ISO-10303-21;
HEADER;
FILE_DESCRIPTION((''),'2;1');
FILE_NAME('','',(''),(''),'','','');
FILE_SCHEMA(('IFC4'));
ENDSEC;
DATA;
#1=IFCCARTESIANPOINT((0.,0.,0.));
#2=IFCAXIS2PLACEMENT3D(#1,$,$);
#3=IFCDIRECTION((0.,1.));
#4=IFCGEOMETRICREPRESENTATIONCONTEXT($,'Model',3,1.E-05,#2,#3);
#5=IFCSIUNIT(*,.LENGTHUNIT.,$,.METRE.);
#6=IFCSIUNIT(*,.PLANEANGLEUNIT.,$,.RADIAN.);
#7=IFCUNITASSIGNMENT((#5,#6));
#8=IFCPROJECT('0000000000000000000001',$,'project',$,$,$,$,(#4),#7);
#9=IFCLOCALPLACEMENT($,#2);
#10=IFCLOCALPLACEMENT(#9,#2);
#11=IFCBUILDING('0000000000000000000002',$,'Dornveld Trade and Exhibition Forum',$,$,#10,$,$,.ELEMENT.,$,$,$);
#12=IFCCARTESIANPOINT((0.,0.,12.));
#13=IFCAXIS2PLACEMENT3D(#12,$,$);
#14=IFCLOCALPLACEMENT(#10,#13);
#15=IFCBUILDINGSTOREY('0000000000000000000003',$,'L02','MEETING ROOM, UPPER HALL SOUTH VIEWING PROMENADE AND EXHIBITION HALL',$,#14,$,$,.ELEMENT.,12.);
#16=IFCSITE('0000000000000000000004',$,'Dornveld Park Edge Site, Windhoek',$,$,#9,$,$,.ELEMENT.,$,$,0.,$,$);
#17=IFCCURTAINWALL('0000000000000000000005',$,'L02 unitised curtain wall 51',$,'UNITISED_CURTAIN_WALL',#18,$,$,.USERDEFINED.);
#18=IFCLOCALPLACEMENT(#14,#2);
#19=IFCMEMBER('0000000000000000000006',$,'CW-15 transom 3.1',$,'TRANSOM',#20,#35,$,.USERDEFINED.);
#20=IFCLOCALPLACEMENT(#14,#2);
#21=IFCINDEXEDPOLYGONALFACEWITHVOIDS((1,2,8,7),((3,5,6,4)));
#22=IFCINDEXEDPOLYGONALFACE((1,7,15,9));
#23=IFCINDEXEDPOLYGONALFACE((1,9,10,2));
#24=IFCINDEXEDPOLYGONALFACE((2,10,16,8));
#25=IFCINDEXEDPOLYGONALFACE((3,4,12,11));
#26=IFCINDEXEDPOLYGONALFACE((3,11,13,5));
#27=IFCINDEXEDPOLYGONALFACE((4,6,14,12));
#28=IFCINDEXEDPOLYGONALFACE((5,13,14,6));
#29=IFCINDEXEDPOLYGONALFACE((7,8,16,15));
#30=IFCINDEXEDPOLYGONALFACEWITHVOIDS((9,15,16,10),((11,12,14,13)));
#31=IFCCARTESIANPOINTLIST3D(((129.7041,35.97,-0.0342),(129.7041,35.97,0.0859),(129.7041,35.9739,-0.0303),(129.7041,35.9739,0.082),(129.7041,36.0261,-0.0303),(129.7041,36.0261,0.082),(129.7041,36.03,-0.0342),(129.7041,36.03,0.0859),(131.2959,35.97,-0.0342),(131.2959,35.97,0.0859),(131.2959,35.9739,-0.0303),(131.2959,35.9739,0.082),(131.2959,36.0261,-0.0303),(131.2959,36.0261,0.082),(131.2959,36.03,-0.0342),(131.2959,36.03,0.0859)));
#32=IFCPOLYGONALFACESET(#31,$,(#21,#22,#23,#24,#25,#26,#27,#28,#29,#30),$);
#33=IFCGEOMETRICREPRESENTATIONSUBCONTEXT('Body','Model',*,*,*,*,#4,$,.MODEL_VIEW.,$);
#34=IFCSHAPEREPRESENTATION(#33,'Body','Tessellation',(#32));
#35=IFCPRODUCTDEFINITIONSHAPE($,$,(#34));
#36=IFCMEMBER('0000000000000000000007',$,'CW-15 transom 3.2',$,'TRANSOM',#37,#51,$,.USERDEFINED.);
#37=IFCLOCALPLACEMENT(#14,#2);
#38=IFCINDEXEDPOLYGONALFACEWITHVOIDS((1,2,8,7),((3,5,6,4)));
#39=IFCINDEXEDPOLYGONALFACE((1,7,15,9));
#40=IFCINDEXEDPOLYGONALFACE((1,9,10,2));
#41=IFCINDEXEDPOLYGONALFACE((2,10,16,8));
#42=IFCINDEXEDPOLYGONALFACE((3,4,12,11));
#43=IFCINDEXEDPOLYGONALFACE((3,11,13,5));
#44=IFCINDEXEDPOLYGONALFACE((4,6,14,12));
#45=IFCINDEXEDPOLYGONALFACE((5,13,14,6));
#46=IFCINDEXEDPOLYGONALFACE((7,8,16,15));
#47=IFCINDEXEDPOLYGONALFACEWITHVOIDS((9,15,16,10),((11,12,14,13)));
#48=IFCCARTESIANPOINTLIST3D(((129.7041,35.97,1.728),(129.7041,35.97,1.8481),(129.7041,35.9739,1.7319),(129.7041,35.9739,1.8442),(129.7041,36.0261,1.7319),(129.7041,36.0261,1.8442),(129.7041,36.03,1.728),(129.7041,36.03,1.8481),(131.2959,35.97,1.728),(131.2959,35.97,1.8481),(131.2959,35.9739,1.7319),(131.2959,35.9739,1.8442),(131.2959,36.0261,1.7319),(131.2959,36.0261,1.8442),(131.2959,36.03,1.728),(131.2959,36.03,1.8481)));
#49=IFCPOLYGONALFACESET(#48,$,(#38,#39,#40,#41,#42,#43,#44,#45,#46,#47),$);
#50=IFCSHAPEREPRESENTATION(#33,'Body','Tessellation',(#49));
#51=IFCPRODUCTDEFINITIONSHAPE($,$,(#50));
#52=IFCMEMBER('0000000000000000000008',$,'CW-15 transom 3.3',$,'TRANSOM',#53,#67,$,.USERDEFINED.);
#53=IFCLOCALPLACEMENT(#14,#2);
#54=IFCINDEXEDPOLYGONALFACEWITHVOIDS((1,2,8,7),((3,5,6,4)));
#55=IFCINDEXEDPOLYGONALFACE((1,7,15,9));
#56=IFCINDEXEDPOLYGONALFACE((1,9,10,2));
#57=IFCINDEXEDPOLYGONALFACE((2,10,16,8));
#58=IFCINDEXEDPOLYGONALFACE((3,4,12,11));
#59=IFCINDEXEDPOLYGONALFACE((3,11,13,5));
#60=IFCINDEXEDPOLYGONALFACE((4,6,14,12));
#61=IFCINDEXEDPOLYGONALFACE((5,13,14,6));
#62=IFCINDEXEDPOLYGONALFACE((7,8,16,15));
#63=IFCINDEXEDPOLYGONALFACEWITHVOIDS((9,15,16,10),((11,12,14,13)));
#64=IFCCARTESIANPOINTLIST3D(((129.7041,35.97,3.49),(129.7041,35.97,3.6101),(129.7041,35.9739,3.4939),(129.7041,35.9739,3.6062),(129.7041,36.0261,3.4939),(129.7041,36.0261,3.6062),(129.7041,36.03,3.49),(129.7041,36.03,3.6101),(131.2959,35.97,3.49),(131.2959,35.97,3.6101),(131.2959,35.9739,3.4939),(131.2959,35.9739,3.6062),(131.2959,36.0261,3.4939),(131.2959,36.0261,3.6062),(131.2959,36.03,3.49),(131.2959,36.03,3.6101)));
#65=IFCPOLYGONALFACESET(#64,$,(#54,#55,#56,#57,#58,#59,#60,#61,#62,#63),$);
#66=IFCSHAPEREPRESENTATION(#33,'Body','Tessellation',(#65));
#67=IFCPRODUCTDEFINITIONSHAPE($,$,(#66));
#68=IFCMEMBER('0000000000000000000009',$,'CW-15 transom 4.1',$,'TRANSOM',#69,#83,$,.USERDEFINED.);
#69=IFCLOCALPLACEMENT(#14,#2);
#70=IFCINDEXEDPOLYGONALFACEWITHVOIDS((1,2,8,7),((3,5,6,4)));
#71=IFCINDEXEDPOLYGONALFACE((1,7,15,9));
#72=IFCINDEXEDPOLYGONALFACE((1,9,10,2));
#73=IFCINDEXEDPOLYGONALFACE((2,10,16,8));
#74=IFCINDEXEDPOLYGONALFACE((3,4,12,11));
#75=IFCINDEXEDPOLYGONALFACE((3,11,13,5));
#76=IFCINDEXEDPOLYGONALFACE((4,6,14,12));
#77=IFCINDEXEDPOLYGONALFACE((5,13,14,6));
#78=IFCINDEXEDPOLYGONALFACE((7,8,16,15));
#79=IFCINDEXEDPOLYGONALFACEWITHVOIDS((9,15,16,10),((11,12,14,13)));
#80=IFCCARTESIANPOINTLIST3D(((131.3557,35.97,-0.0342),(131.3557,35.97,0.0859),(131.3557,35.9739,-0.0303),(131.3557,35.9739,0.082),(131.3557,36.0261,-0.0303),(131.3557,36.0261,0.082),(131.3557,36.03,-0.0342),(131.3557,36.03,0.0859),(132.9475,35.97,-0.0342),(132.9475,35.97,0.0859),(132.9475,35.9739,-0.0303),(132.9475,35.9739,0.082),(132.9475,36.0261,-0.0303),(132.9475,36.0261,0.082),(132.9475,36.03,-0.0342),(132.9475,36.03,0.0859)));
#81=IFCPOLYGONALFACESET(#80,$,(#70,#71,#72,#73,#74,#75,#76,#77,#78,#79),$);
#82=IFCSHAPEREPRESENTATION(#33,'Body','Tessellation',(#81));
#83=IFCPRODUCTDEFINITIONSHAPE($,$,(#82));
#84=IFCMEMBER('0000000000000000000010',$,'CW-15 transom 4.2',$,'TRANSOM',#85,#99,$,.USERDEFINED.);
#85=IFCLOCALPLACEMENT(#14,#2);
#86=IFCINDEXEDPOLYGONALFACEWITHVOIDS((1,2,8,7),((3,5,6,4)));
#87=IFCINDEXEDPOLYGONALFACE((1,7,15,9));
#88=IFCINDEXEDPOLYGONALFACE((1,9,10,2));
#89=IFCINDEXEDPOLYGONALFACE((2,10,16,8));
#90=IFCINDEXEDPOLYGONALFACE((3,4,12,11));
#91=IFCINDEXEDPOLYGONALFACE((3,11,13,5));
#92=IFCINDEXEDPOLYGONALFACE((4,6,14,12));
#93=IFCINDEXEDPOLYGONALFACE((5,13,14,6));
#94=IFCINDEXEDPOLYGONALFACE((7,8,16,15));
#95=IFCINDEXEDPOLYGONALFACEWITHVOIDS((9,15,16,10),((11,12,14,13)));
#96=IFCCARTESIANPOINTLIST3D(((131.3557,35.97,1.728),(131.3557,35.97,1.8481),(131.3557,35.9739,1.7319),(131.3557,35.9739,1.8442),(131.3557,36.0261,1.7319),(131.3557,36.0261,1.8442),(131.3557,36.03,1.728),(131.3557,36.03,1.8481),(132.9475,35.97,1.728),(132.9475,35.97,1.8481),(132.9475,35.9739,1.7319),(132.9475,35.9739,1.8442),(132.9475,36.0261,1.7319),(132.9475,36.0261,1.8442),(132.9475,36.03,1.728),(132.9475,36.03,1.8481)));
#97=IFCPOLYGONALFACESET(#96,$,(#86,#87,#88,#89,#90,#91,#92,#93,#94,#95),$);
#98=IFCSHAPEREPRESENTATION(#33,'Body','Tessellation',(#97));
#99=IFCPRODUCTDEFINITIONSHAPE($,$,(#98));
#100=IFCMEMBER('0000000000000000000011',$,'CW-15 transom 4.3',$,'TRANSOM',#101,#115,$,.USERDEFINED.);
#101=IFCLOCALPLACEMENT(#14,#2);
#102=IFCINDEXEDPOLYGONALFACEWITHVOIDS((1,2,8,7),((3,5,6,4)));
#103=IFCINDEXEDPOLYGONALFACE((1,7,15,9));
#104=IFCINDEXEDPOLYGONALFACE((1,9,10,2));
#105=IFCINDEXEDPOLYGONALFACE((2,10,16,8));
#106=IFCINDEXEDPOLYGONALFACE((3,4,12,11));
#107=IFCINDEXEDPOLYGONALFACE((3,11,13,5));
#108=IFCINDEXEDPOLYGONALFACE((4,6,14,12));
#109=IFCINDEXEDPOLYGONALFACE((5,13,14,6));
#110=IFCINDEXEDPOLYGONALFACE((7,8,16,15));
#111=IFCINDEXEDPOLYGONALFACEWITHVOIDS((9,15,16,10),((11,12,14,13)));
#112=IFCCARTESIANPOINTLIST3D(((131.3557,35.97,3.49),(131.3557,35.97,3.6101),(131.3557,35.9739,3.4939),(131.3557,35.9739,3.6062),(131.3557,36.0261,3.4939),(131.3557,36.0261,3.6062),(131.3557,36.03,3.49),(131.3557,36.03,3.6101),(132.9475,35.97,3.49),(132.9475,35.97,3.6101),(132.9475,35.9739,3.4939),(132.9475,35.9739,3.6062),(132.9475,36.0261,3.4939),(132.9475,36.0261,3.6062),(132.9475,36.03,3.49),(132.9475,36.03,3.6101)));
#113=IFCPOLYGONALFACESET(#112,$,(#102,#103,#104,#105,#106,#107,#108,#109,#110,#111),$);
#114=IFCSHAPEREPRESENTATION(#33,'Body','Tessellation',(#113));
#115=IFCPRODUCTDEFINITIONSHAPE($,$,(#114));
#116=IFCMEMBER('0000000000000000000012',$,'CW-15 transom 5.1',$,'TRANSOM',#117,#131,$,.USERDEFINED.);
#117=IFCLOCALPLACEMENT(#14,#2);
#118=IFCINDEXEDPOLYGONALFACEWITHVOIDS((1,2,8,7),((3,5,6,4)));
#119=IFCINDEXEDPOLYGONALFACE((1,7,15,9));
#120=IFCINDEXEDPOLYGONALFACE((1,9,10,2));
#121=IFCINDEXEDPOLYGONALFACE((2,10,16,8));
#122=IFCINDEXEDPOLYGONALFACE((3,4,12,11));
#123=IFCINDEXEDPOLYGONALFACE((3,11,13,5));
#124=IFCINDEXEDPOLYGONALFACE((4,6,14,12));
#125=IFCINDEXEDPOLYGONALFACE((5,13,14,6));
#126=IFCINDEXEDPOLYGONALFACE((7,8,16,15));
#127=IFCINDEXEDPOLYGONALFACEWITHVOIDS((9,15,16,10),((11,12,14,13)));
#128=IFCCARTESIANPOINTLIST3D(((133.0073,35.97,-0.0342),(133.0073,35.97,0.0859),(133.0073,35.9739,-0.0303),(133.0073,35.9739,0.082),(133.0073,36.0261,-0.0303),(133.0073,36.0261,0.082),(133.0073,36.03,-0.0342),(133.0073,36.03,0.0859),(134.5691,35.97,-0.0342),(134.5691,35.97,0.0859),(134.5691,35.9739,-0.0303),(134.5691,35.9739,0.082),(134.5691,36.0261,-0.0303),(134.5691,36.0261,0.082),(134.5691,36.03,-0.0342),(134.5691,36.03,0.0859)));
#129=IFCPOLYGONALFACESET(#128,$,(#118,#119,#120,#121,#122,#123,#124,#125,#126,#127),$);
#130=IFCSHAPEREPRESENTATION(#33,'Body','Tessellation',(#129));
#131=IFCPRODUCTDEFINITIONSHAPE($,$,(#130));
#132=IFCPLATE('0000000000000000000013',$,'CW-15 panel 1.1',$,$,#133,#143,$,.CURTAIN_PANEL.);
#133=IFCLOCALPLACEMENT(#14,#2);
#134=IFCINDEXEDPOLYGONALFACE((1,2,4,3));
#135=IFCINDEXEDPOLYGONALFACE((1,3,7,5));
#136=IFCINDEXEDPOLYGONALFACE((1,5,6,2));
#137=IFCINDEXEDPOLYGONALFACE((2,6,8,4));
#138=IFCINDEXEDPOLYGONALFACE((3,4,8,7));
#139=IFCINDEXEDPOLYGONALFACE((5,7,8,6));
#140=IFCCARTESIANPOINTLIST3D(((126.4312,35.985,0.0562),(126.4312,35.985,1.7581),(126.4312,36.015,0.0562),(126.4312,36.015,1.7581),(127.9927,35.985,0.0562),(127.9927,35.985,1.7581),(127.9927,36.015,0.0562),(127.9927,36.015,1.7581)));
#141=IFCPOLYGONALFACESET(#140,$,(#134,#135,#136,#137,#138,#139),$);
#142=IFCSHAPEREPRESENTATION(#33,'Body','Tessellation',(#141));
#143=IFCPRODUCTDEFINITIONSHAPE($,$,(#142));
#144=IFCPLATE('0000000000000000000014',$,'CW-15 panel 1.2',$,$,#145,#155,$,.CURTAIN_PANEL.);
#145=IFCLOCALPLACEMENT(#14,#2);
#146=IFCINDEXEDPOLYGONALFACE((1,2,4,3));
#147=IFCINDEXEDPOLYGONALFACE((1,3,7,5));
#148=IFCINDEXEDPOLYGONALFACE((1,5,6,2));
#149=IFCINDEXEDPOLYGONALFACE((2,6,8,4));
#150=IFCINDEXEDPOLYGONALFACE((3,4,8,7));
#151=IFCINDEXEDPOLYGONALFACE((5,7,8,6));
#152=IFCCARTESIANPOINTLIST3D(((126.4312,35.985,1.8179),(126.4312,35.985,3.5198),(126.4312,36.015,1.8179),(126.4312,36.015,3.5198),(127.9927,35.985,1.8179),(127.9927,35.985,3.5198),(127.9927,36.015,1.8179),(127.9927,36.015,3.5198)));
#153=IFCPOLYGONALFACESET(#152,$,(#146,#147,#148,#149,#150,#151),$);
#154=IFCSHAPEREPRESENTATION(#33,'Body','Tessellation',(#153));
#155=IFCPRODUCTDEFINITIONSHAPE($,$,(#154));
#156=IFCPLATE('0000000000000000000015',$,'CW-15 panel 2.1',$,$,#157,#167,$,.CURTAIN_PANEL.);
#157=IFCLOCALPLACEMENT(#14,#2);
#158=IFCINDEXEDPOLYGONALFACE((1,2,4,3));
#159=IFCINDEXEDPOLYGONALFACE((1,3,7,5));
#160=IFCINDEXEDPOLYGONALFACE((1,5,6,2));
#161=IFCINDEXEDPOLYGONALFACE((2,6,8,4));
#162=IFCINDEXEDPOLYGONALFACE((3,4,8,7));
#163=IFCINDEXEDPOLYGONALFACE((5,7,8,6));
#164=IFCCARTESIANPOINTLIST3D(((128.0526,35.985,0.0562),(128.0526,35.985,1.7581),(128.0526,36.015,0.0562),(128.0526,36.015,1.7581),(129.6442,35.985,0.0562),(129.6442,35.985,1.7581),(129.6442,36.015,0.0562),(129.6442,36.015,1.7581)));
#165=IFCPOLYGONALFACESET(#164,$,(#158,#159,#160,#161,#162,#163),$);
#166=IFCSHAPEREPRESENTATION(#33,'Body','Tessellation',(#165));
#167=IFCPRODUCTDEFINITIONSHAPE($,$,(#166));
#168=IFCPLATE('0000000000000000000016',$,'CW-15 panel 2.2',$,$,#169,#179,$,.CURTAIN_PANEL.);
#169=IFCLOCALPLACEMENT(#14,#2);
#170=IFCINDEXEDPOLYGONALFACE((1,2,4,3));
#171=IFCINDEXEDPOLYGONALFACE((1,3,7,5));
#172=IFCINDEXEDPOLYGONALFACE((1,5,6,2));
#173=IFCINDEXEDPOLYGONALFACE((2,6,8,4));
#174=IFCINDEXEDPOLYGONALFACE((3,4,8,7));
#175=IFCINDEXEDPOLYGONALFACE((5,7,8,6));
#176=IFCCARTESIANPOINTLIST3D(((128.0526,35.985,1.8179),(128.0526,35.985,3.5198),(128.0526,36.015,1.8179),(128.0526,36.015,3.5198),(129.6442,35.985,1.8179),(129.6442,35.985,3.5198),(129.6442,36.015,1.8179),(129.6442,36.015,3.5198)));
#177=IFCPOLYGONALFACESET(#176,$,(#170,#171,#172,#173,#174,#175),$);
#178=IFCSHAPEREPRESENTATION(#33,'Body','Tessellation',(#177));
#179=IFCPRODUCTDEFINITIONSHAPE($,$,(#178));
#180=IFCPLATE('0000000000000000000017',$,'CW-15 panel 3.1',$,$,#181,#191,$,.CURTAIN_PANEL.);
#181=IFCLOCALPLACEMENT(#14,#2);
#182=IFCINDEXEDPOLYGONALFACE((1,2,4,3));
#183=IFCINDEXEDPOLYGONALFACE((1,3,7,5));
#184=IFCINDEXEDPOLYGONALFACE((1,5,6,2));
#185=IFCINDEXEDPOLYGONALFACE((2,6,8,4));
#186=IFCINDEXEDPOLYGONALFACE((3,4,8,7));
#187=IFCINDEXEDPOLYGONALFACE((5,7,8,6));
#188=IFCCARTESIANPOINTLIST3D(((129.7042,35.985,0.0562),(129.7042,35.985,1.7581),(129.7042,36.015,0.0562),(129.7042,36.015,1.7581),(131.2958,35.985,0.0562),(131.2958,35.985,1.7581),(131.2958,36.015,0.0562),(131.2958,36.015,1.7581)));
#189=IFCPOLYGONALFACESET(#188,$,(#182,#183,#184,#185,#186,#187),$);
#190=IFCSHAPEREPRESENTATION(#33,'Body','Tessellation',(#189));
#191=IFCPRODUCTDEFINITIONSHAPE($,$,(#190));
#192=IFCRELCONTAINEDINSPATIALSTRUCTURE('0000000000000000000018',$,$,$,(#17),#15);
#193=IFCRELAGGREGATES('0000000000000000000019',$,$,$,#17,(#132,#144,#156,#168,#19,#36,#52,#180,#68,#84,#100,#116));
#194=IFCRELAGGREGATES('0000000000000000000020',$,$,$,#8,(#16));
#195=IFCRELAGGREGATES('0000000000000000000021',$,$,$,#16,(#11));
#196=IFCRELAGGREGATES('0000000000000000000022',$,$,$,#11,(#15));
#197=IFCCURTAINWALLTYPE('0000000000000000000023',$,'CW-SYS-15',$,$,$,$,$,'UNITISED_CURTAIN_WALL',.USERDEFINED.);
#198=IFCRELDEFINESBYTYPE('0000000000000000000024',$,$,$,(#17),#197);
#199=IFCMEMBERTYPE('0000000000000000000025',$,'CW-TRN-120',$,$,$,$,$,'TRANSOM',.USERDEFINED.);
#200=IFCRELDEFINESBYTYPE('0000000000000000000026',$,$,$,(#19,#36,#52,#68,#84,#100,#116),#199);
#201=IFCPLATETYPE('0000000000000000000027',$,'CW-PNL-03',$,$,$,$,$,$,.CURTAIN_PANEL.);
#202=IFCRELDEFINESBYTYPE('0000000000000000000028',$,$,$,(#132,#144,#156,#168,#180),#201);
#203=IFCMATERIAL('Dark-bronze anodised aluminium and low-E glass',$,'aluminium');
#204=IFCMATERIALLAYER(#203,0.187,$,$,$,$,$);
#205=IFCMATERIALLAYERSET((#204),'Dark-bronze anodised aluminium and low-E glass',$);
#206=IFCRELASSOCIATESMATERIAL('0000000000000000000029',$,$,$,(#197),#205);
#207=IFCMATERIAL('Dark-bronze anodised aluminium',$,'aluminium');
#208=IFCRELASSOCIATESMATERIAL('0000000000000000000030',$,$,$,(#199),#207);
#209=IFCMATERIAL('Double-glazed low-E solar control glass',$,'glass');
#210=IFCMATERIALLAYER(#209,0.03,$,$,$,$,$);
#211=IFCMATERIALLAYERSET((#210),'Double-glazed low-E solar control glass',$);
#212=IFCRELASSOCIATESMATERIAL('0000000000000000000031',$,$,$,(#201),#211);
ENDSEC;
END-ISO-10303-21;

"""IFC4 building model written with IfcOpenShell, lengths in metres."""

from ifc_helpers import new_model, si_unit, direction, frame, origin, origin_2d, place, context, subcontext, project, spatial, rectangle, hollow_rectangle, extrude, material, layer, layer_set, material_profile, profile_set, type_object, element, aggregate, save


model = new_model("IFC4")

# Units and contexts
model_context = context("Model", 3, precision=1e-05, world=origin(), true_north=direction((0.0, 1.0)))
body_context = subcontext(model_context, "Body", "Model", "MODEL_VIEW")
ifc_project = project(units=[si_unit("LENGTHUNIT", "METRE"), si_unit("PLANEANGLEUNIT", "RADIAN")], contexts=[model_context])

# Site, building, storey
site_placement = place(None, origin())
site = spatial("IfcSite", under=ifc_project, at=site_placement, Name="Dornveld Park Edge Site, Windhoek", CompositionType="ELEMENT", RefElevation=0.0)
building_placement = place(site_placement, origin())
building = spatial("IfcBuilding", under=site, at=building_placement, Name="Dornveld Trade and Exhibition Forum", CompositionType="ELEMENT")
storey_placement = place(building_placement, frame((0.0, 0.0, 12.0)))
storey = spatial("IfcBuildingStorey", under=building, at=storey_placement, Name="L02", Description="MEETING ROOM, UPPER HALL SOUTH VIEWING PROMENADE AND EXHIBITION HALL", CompositionType="ELEMENT", Elevation=12.0)

# Curtain wall, members, plates
ifc_material_1 = material(Name="Dark-bronze anodised aluminium and low-E glass", Category="aluminium")
ifc_layer_1 = layer(ifc_material_1, 0.187)
ifc_layer_set_1 = layer_set([ifc_layer_1], Name="Dark-bronze anodised aluminium and low-E glass")
curtain_wall_type = type_object("IfcCurtainWallType", Name="CW-SYS-15", ElementType="UNITISED_CURTAIN_WALL", PredefinedType="USERDEFINED", material=ifc_layer_set_1)
curtain_wall_placement = place(storey_placement, origin())
curtain_wall = element("IfcCurtainWall", 1, at=curtain_wall_placement, inside=storey, type_object=curtain_wall_type, Name="L02 unitised curtain wall 51", ObjectType="UNITISED_CURTAIN_WALL", PredefinedType="USERDEFINED")
ifc_material_2 = material(Name="Dark-bronze anodised aluminium", Category="aluminium")
ifc_material_profile_1 = material_profile(ifc_material_2, hollow_rectangle(XDim=0.0601, YDim=0.1201, WallThickness=0.0039, at=origin_2d()), Name="RHS 120x60x4")
ifc_profile_set_1 = profile_set([ifc_material_profile_1], Name="Dark-bronze anodised aluminium")
member_type_1 = type_object("IfcMemberType", Name="CW-TRN-120", ElementType="TRANSOM", PredefinedType="USERDEFINED", material=ifc_profile_set_1)
member_1_placement = place(storey_placement, frame((129.7041, 36.0, 0.0259), z_axis=(1.0, 0.0, 0.0), x_axis=(0.0, 1.0, 0.0)))
member_1 = element("IfcMember", 2, at=member_1_placement, type_object=member_type_1, Name="CW-15 transom 3.1", ObjectType="TRANSOM", PredefinedType="USERDEFINED", context=body_context, shape_type="SweptSolid", body=[
    extrude(hollow_rectangle(XDim=0.0601, YDim=0.1201, WallThickness=0.0039, at=origin_2d()), origin(), (0.0, 0.0, 1.0), 1.5918),
])
member_2_placement = place(storey_placement, frame((129.7041, 36.0, 1.7881), z_axis=(1.0, 0.0, 0.0), x_axis=(0.0, 1.0, 0.0)))
member_2 = element("IfcMember", 3, at=member_2_placement, type_object=member_type_1, Name="CW-15 transom 3.2", ObjectType="TRANSOM", PredefinedType="USERDEFINED", context=body_context, shape_type="SweptSolid", body=[
    extrude(hollow_rectangle(XDim=0.0601, YDim=0.1201, WallThickness=0.0039, at=origin_2d()), origin(), (0.0, 0.0, 1.0), 1.5918),
])
member_3_placement = place(storey_placement, frame((129.7041, 36.0, 3.55), z_axis=(1.0, 0.0, 0.0), x_axis=(0.0, 1.0, 0.0)))
member_3 = element("IfcMember", 4, at=member_3_placement, type_object=member_type_1, Name="CW-15 transom 3.3", ObjectType="TRANSOM", PredefinedType="USERDEFINED", context=body_context, shape_type="SweptSolid", body=[
    extrude(hollow_rectangle(XDim=0.0601, YDim=0.1201, WallThickness=0.0039, at=origin_2d()), origin(), (0.0, 0.0, 1.0), 1.5918),
])
member_4_placement = place(storey_placement, frame((131.3557, 36.0, 0.0259), z_axis=(1.0, 0.0, 0.0), x_axis=(0.0, 1.0, 0.0)))
member_4 = element("IfcMember", 5, at=member_4_placement, type_object=member_type_1, Name="CW-15 transom 4.1", ObjectType="TRANSOM", PredefinedType="USERDEFINED", context=body_context, shape_type="SweptSolid", body=[
    extrude(hollow_rectangle(XDim=0.0601, YDim=0.1201, WallThickness=0.0039, at=origin_2d()), origin(), (0.0, 0.0, 1.0), 1.5918),
])
member_5_placement = place(storey_placement, frame((131.3557, 36.0, 1.7881), z_axis=(1.0, 0.0, 0.0), x_axis=(0.0, 1.0, 0.0)))
member_5 = element("IfcMember", 6, at=member_5_placement, type_object=member_type_1, Name="CW-15 transom 4.2", ObjectType="TRANSOM", PredefinedType="USERDEFINED", context=body_context, shape_type="SweptSolid", body=[
    extrude(hollow_rectangle(XDim=0.0601, YDim=0.1201, WallThickness=0.0039, at=origin_2d()), origin(), (0.0, 0.0, 1.0), 1.5918),
])
member_6_placement = place(storey_placement, frame((131.3557, 36.0, 3.55), z_axis=(1.0, 0.0, 0.0), x_axis=(0.0, 1.0, 0.0)))
member_6 = element("IfcMember", 7, at=member_6_placement, type_object=member_type_1, Name="CW-15 transom 4.3", ObjectType="TRANSOM", PredefinedType="USERDEFINED", context=body_context, shape_type="SweptSolid", body=[
    extrude(hollow_rectangle(XDim=0.0601, YDim=0.1201, WallThickness=0.0039, at=origin_2d()), origin(), (0.0, 0.0, 1.0), 1.5918),
])
member_7_placement = place(storey_placement, frame((133.0073, 36.0, 0.0259), z_axis=(1.0, 0.0, 0.0), x_axis=(0.0, 1.0, 0.0)))
member_7 = element("IfcMember", 8, at=member_7_placement, type_object=member_type_1, Name="CW-15 transom 5.1", ObjectType="TRANSOM", PredefinedType="USERDEFINED", context=body_context, shape_type="SweptSolid", body=[
    extrude(hollow_rectangle(XDim=0.0601, YDim=0.1201, WallThickness=0.0039, at=origin_2d()), origin(), (0.0, 0.0, 1.0), 1.5618),
])
ifc_material_3 = material(Name="Double-glazed low-E solar control glass", Category="glass")
ifc_layer_2 = layer(ifc_material_3, 0.03)
ifc_layer_set_2 = layer_set([ifc_layer_2], Name="Double-glazed low-E solar control glass")
plate_type = type_object("IfcPlateType", Name="CW-PNL-03", PredefinedType="CURTAIN_PANEL", material=ifc_layer_set_2)
plate_1_placement = place(storey_placement, frame((127.2119, 36.0, 0.0562), z_axis=(0.0, 0.0, 1.0), x_axis=(1.0, 0.0, 0.0)))
plate_1 = element("IfcPlate", 9, at=plate_1_placement, type_object=plate_type, Name="CW-15 panel 1.1", PredefinedType="CURTAIN_PANEL", context=body_context, shape_type="SweptSolid", body=[
    extrude(rectangle(XDim=1.5615, YDim=0.03, at=origin_2d()), origin(), (0.0, 0.0, 1.0), 1.7019),
])
plate_2_placement = place(storey_placement, frame((127.2119, 36.0, 1.8179), z_axis=(0.0, 0.0, 1.0), x_axis=(1.0, 0.0, 0.0)))
plate_2 = element("IfcPlate", 10, at=plate_2_placement, type_object=plate_type, Name="CW-15 panel 1.2", PredefinedType="CURTAIN_PANEL", context=body_context, shape_type="SweptSolid", body=[
    extrude(rectangle(XDim=1.5615, YDim=0.03, at=origin_2d()), origin(), (0.0, 0.0, 1.0), 1.7019),
])
plate_3_placement = place(storey_placement, frame((128.8484, 36.0, 0.0562), z_axis=(0.0, 0.0, 1.0), x_axis=(1.0, 0.0, 0.0)))
plate_3 = element("IfcPlate", 11, at=plate_3_placement, type_object=plate_type, Name="CW-15 panel 2.1", PredefinedType="CURTAIN_PANEL", context=body_context, shape_type="SweptSolid", body=[
    extrude(rectangle(XDim=1.5916, YDim=0.03, at=origin_2d()), origin(), (0.0, 0.0, 1.0), 1.7019),
])
plate_4_placement = place(storey_placement, frame((128.8484, 36.0, 1.8179), z_axis=(0.0, 0.0, 1.0), x_axis=(1.0, 0.0, 0.0)))
plate_4 = element("IfcPlate", 12, at=plate_4_placement, type_object=plate_type, Name="CW-15 panel 2.2", PredefinedType="CURTAIN_PANEL", context=body_context, shape_type="SweptSolid", body=[
    extrude(rectangle(XDim=1.5916, YDim=0.03, at=origin_2d()), origin(), (0.0, 0.0, 1.0), 1.7019),
])
plate_5_placement = place(storey_placement, frame((130.5, 36.0, 0.0562), z_axis=(0.0, 0.0, 1.0), x_axis=(1.0, 0.0, 0.0)))
plate_5 = element("IfcPlate", 13, at=plate_5_placement, type_object=plate_type, Name="CW-15 panel 3.1", PredefinedType="CURTAIN_PANEL", context=body_context, shape_type="SweptSolid", body=[
    extrude(rectangle(XDim=1.5916, YDim=0.03, at=origin_2d()), origin(), (0.0, 0.0, 1.0), 1.7019),
])
aggregate(curtain_wall, [plate_1, plate_2, plate_3, plate_4, member_1, member_2, member_3, plate_5, member_4, member_5, member_6, member_7])

save(model, "model.ifc")
